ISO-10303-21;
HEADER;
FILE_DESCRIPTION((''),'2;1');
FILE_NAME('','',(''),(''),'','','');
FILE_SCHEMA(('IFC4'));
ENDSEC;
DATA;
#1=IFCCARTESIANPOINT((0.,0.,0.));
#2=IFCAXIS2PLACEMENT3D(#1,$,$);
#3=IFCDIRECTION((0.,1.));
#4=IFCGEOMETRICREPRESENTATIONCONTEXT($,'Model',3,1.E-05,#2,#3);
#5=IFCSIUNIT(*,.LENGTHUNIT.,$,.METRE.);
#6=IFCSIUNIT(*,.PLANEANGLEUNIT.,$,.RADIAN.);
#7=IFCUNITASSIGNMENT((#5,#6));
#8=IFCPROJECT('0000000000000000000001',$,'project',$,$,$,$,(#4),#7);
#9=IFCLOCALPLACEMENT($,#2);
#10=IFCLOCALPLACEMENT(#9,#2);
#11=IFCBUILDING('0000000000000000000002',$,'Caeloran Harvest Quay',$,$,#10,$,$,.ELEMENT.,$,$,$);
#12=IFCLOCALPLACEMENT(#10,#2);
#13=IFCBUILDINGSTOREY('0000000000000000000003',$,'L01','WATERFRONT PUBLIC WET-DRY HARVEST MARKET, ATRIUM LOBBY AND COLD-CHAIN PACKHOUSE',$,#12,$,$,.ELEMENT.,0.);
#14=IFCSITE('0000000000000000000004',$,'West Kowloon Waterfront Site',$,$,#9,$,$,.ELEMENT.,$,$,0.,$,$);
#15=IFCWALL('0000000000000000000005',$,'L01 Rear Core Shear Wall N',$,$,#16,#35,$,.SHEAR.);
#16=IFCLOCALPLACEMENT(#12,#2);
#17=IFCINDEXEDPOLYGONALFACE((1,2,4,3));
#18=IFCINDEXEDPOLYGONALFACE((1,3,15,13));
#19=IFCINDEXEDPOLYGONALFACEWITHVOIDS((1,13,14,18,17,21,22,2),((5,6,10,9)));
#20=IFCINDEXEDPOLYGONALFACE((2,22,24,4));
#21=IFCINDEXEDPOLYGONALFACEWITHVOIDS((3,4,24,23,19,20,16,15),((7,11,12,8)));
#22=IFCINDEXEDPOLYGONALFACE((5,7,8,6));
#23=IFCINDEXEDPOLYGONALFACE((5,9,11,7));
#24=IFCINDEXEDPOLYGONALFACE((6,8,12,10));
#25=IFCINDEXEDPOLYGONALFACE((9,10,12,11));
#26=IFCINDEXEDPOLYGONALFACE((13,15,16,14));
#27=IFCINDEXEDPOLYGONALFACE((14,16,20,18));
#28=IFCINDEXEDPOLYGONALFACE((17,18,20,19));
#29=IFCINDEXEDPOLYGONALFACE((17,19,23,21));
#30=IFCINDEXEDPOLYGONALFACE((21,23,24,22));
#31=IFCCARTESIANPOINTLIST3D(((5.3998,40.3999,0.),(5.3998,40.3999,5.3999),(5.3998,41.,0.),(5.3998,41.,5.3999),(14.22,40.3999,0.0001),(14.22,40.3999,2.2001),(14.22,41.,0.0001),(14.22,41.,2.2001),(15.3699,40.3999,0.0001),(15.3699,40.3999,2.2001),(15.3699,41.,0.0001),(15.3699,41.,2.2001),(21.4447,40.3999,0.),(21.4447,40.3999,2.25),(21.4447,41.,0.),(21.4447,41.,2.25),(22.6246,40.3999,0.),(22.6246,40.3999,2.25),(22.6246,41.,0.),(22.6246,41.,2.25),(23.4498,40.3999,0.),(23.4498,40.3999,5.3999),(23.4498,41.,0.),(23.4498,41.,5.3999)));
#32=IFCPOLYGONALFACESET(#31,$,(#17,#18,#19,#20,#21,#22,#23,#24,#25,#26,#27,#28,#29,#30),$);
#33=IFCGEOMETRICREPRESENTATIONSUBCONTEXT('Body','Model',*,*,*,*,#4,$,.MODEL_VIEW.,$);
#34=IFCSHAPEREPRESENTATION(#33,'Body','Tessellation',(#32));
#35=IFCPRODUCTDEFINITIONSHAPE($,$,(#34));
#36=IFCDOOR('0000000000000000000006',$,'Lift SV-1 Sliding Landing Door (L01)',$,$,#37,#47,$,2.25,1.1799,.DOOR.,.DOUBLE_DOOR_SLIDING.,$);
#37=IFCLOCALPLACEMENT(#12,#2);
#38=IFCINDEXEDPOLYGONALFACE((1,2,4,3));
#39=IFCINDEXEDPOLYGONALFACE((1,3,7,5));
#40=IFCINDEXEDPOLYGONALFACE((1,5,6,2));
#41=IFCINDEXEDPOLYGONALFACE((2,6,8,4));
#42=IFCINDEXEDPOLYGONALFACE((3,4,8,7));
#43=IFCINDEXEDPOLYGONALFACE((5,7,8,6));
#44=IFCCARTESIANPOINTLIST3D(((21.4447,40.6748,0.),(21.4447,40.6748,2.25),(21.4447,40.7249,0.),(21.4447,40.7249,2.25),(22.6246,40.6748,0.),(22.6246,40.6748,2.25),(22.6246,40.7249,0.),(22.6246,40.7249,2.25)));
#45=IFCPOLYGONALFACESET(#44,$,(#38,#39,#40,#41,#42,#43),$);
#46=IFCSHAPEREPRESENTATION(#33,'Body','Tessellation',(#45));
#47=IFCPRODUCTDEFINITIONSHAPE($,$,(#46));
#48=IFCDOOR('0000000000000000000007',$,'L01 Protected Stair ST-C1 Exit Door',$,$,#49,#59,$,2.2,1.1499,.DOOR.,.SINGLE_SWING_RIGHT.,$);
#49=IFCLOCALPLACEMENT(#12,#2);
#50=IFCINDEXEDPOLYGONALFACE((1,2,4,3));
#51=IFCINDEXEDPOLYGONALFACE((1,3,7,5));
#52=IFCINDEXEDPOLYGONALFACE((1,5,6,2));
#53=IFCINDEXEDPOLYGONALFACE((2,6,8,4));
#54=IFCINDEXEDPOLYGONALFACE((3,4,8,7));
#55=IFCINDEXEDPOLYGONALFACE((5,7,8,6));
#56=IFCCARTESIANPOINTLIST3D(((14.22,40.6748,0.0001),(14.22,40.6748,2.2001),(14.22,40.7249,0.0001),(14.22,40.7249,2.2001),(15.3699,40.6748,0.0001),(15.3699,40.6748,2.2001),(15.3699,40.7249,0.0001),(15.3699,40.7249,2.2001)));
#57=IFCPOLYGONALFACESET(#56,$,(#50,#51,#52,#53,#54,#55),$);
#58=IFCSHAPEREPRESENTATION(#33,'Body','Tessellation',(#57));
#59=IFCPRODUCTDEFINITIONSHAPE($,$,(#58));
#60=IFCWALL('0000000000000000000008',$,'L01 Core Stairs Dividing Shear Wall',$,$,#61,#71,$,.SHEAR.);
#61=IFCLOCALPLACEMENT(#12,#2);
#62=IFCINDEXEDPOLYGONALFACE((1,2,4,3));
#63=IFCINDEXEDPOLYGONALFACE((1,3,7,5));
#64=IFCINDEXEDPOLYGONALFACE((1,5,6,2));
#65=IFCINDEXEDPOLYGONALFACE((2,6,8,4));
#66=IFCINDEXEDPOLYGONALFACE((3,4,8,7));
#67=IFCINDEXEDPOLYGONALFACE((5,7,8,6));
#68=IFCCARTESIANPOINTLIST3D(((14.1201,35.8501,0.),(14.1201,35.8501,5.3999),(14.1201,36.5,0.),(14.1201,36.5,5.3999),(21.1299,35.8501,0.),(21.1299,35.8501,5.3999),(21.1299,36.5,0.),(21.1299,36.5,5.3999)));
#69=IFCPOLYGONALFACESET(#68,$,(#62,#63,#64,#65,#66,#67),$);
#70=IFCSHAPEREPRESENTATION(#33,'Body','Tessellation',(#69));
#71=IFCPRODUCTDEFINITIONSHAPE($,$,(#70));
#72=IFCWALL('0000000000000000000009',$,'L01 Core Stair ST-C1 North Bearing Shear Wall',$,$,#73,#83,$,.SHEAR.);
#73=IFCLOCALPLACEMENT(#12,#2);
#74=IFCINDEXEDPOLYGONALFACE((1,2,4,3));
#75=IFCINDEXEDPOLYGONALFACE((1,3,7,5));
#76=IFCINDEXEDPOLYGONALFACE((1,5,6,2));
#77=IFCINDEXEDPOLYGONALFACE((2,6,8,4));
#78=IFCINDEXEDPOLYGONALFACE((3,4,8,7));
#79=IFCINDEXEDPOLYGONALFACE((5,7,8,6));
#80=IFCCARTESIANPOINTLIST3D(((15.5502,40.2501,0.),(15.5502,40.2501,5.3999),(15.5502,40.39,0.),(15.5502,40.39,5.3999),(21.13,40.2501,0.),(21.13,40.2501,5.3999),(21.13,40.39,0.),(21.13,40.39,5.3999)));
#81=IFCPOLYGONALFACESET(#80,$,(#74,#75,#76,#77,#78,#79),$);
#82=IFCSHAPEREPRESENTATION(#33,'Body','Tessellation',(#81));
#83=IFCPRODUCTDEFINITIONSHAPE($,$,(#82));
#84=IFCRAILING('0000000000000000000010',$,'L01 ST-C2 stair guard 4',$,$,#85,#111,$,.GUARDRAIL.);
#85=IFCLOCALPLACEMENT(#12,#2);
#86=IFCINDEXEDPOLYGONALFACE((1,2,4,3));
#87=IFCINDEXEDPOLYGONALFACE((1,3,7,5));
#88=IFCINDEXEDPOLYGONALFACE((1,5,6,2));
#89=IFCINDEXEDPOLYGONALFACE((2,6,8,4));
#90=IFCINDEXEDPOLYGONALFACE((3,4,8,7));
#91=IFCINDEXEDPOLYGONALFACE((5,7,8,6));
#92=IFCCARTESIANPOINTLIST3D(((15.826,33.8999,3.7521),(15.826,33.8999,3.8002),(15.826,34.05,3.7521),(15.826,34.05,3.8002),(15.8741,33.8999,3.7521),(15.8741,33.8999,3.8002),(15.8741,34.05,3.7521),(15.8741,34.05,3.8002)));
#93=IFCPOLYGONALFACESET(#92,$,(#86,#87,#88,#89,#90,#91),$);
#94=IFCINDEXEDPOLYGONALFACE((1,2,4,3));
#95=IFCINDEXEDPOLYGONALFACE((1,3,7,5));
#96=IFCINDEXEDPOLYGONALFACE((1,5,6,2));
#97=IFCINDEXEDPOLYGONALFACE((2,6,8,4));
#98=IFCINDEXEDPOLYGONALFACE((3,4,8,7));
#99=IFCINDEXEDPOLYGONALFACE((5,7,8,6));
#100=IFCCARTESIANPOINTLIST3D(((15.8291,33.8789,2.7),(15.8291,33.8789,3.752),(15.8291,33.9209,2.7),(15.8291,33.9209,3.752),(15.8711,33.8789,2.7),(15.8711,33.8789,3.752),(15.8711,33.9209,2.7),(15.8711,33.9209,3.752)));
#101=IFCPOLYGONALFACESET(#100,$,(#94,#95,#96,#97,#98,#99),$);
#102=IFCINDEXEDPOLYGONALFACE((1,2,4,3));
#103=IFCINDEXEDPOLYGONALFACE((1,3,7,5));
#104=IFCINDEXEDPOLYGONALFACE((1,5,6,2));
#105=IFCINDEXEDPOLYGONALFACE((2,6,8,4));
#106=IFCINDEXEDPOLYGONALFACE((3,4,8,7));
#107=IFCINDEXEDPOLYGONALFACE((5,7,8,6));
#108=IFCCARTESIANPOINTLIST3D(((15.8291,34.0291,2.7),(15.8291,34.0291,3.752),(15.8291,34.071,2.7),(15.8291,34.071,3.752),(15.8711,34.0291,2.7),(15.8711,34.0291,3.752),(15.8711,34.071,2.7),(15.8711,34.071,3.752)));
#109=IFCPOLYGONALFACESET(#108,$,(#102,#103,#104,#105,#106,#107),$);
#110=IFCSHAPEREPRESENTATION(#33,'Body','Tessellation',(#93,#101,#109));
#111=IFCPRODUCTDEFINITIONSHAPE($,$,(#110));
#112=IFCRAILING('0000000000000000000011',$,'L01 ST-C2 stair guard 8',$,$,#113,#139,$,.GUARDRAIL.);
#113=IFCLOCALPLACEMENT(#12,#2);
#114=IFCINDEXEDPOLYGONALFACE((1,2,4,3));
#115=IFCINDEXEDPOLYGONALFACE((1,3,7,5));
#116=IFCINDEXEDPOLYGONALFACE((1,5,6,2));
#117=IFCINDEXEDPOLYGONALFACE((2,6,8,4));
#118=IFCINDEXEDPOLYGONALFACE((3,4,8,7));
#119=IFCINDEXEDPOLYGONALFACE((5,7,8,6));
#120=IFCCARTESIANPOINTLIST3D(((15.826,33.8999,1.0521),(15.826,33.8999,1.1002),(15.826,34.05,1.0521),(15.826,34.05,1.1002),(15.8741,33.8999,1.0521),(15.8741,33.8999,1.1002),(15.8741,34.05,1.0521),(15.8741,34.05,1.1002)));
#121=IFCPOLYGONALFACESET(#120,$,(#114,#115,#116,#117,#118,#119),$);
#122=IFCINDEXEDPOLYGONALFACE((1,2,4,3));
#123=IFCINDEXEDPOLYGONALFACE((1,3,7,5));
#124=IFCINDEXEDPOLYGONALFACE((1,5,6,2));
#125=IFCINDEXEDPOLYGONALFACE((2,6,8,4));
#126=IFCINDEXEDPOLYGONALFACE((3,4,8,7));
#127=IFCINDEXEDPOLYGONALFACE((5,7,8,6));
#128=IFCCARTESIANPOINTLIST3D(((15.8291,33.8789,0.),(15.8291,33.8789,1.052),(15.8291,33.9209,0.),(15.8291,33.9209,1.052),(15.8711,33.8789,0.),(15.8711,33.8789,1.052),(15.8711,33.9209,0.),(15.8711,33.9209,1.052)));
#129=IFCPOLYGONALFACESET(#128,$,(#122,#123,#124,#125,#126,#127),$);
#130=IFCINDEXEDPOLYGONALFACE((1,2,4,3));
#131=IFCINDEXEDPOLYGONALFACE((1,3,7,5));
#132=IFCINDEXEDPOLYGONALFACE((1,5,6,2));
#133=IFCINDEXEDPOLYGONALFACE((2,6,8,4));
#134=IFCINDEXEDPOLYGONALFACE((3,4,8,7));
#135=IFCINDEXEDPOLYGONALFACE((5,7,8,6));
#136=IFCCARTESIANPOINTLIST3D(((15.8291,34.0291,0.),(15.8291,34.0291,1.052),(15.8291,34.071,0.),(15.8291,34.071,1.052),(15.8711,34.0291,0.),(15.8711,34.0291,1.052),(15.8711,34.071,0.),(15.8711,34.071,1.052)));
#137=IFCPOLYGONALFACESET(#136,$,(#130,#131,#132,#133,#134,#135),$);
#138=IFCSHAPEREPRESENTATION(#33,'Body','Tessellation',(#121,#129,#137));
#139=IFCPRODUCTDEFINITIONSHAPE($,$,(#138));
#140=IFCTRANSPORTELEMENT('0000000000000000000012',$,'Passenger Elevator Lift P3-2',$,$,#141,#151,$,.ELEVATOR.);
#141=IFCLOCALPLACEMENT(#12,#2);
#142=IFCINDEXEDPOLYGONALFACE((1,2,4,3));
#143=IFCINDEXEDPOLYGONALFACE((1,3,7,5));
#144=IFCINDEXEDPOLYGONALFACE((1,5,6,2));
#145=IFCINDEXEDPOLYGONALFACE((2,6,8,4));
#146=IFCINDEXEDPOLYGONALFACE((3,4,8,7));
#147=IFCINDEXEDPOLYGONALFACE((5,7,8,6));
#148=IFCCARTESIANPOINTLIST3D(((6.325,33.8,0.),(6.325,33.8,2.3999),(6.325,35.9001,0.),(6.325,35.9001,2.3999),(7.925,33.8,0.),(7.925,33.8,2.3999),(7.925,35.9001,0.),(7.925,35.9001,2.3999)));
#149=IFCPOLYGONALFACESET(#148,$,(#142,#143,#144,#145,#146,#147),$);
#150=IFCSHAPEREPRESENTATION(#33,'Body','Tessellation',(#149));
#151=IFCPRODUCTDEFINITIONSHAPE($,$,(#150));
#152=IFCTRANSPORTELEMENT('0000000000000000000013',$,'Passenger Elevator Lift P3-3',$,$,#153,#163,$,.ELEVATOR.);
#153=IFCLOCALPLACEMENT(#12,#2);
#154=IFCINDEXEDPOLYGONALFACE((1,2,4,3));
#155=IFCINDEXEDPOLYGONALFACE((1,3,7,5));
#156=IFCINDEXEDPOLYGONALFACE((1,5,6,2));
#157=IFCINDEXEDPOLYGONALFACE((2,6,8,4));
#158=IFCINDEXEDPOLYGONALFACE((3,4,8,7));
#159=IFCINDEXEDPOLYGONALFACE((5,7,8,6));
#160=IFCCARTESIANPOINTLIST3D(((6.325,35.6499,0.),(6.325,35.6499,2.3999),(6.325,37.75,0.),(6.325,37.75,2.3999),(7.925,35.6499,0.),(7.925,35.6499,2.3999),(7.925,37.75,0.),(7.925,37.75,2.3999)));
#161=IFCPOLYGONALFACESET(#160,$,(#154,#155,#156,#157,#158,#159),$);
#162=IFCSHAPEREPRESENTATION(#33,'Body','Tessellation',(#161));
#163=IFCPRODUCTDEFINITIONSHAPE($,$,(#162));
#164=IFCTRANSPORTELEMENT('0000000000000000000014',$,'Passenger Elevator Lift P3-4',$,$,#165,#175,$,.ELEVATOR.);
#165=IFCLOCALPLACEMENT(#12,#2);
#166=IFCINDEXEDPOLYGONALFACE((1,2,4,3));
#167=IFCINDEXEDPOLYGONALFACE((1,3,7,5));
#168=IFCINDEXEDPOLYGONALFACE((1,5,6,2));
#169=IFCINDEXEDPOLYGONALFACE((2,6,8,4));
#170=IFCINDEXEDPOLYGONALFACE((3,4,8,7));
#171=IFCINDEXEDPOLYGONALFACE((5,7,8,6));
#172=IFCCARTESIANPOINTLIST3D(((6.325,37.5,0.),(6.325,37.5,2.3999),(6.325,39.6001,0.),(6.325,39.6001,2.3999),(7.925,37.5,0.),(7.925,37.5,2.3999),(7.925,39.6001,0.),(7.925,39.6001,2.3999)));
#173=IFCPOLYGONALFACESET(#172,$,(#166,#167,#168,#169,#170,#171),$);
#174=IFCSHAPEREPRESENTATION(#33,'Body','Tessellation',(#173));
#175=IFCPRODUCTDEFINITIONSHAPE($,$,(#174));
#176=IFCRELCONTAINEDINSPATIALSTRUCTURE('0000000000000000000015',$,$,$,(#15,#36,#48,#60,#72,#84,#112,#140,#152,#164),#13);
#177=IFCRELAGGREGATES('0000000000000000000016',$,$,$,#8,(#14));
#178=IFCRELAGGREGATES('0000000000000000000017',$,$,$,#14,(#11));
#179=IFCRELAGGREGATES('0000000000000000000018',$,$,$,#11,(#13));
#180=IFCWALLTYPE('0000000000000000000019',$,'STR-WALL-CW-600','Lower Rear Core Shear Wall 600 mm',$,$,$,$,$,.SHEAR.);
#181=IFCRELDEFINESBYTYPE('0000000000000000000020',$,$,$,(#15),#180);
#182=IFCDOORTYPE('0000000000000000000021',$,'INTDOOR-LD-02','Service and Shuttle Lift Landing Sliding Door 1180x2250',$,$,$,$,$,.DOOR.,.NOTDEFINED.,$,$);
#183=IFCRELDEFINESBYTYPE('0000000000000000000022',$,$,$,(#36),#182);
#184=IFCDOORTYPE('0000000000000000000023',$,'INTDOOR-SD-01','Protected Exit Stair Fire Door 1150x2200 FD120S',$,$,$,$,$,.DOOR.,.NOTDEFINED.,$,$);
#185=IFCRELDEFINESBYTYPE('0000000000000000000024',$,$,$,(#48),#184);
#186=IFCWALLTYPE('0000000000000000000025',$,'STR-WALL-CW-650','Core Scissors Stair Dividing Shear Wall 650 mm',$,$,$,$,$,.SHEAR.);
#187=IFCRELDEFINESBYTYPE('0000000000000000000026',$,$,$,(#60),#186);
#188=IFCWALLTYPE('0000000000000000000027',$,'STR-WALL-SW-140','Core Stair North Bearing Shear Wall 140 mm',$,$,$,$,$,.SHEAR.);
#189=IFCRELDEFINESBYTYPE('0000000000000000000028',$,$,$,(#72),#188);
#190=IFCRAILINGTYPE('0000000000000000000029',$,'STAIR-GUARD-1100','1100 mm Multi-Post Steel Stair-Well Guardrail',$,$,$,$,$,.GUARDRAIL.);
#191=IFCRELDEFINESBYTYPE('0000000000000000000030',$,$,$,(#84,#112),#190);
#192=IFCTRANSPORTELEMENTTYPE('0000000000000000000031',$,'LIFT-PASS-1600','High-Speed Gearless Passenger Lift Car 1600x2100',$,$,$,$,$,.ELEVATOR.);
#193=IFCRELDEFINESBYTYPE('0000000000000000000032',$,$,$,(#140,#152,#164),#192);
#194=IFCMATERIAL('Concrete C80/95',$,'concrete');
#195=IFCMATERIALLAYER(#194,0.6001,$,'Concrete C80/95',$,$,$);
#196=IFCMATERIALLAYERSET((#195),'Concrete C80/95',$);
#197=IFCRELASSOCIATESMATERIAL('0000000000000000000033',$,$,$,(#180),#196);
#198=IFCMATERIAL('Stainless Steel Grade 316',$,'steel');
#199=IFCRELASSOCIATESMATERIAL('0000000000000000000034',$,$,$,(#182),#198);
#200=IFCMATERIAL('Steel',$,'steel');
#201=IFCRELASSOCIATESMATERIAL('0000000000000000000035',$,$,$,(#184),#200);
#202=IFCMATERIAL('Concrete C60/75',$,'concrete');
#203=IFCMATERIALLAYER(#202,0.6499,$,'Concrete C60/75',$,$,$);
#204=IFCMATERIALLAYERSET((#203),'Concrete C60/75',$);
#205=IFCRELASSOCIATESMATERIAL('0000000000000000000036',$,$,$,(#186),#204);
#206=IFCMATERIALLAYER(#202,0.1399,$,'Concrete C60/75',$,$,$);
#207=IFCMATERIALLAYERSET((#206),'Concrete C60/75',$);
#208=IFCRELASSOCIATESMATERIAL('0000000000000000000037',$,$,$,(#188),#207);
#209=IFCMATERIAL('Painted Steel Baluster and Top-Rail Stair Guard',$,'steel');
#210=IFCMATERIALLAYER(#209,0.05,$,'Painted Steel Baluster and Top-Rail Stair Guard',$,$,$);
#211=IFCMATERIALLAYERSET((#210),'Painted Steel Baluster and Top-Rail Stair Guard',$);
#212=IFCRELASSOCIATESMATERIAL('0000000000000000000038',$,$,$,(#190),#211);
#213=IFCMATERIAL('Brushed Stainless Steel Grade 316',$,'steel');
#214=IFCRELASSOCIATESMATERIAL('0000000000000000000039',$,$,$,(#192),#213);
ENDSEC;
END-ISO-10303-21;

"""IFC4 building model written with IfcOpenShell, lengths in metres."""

from ifc_helpers import new_model, si_unit, direction, frame, frame_2d, origin, origin_2d, place, context, subcontext, project, spatial, rectangle, extrude, material, layer, layer_set, type_object, element, fill, save


model = new_model("IFC4")

# Units and contexts
model_context = context("Model", 3, precision=1e-05, world=origin(), true_north=direction((0.0, 1.0)))
body_context = subcontext(model_context, "Body", "Model", "MODEL_VIEW")
ifc_project = project(units=[si_unit("LENGTHUNIT", "METRE"), si_unit("PLANEANGLEUNIT", "RADIAN")], contexts=[model_context])

# Site, building, storey
site_placement = place(None, origin())
site = spatial("IfcSite", under=ifc_project, at=site_placement, Name="West Kowloon Waterfront Site", CompositionType="ELEMENT", RefElevation=0.0)
building_placement = place(site_placement, origin())
building = spatial("IfcBuilding", under=site, at=building_placement, Name="Caeloran Harvest Quay", CompositionType="ELEMENT")
storey_placement = place(building_placement, origin())
storey = spatial("IfcBuildingStorey", under=building, at=storey_placement, Name="L01", Description="WATERFRONT PUBLIC WET-DRY HARVEST MARKET, ATRIUM LOBBY AND COLD-CHAIN PACKHOUSE", CompositionType="ELEMENT", Elevation=0.0)

# Shared definitions
ifc_material_1 = material(Name="Stainless Steel Grade 316", Category="steel")

# Shared definitions
ifc_material_2 = material(Name="Steel", Category="steel")

# Wall, openings, doors
ifc_material_3 = material(Name="Concrete C80/95", Category="concrete")
ifc_layer_1 = layer(ifc_material_3, 0.6001, Name="Concrete C80/95")
ifc_layer_set_1 = layer_set([ifc_layer_1], Name="Concrete C80/95")
wall_type_1 = type_object("IfcWallType", Name="STR-WALL-CW-600", Description="Lower Rear Core Shear Wall 600 mm", PredefinedType="SHEAR", material=ifc_layer_set_1)
wall_1_placement = place(storey_placement, frame((5.3999, 40.7, 0.0), z_axis=(0.0, 0.0, 1.0), x_axis=(1.0, 0.0, 0.0)))
wall_1 = element("IfcWall", 1, at=wall_1_placement, inside=storey, type_object=wall_type_1, Name="L01 Rear Core Shear Wall N", PredefinedType="SHEAR", context=body_context, shape_type="SweptSolid", body=[
    extrude(rectangle(XDim=18.05, YDim=0.6001, at=frame_2d((9.0249, 0.0))), origin(), (0.0, 0.0, 1.0), 5.3999),
])
opening_1_placement = place(wall_1_placement, frame((8.8201, 0.0, 0.0)))
opening_1 = element("IfcOpeningElement", 2, at=opening_1_placement, cuts=wall_1, PredefinedType="OPENING", context=body_context, shape_type="SweptSolid", body=[
    extrude(rectangle(XDim=1.1499, YDim=2.2, at=frame_2d((0.575, 1.1001))), frame((0.0, 0.3101, 0.0), z_axis=(0.0, -1.0, 0.0), x_axis=(1.0, 0.0, 0.0)), (0.0, 0.0, 1.0), 0.6201),
])
opening_2_placement = place(wall_1_placement, frame((16.0449, 0.0, 0.0)))
opening_2 = element("IfcOpeningElement", 3, at=opening_2_placement, cuts=wall_1, PredefinedType="OPENING", context=body_context, shape_type="SweptSolid", body=[
    extrude(rectangle(XDim=1.1799, YDim=2.25, at=frame_2d((0.5898, 1.125))), frame((0.0, 0.3101, 0.0), z_axis=(0.0, -1.0, 0.0), x_axis=(1.0, 0.0, 0.0)), (0.0, 0.0, 1.0), 0.6201),
])
door_type_1 = type_object("IfcDoorType", Name="INTDOOR-LD-02", Description="Service and Shuttle Lift Landing Sliding Door 1180x2250", OperationType="NOTDEFINED", PredefinedType="DOOR", material=ifc_material_1)
door_1_placement = place(opening_2_placement, origin())
door_1 = element("IfcDoor", 4, at=door_1_placement, inside=storey, type_object=door_type_1, Name="Lift SV-1 Sliding Landing Door (L01)", OperationType="DOUBLE_DOOR_SLIDING", OverallHeight=2.25, OverallWidth=1.1799, PredefinedType="DOOR", context=body_context, shape_type="SweptSolid", body=[
    extrude(rectangle(XDim=1.1799, YDim=2.25, at=frame_2d((0.5898, 1.125))), frame((0.0, 0.0249, 0.0), z_axis=(0.0, -1.0, 0.0), x_axis=(1.0, 0.0, 0.0)), (0.0, 0.0, 1.0), 0.05),
])
fill(opening_2, door_1)
door_type_2 = type_object("IfcDoorType", Name="INTDOOR-SD-01", Description="Protected Exit Stair Fire Door 1150x2200 FD120S", OperationType="NOTDEFINED", PredefinedType="DOOR", material=ifc_material_2)
door_2_placement = place(opening_1_placement, origin())
door_2 = element("IfcDoor", 5, at=door_2_placement, inside=storey, type_object=door_type_2, Name="L01 Protected Stair ST-C1 Exit Door", OperationType="SINGLE_SWING_RIGHT", OverallHeight=2.2, OverallWidth=1.1499, PredefinedType="DOOR", context=body_context, shape_type="SweptSolid", body=[
    extrude(rectangle(XDim=1.1499, YDim=2.2, at=frame_2d((0.575, 1.1001))), frame((0.0, 0.0249, 0.0), z_axis=(0.0, -1.0, 0.0), x_axis=(1.0, 0.0, 0.0)), (0.0, 0.0, 1.0), 0.05),
])
fill(opening_1, door_2)

# Walls
ifc_material_4 = material(Name="Concrete C60/75", Category="concrete")
ifc_layer_2 = layer(ifc_material_4, 0.6499, Name="Concrete C60/75")
ifc_layer_set_2 = layer_set([ifc_layer_2], Name="Concrete C60/75")
wall_type_2 = type_object("IfcWallType", Name="STR-WALL-CW-650", Description="Core Scissors Stair Dividing Shear Wall 650 mm", PredefinedType="SHEAR", material=ifc_layer_set_2)
wall_2_placement = place(storey_placement, frame((14.1201, 36.175, 0.0), z_axis=(0.0, 0.0, 1.0), x_axis=(1.0, 0.0, 0.0)))
element("IfcWall", 6, at=wall_2_placement, inside=storey, type_object=wall_type_2, Name="L01 Core Stairs Dividing Shear Wall", PredefinedType="SHEAR", context=body_context, shape_type="SweptSolid", body=[
    extrude(rectangle(XDim=7.0098, YDim=0.6499, at=frame_2d((3.5049, 0.0))), origin(), (0.0, 0.0, 1.0), 5.3999),
])
ifc_layer_3 = layer(ifc_material_4, 0.1399, Name="Concrete C60/75")
ifc_layer_set_3 = layer_set([ifc_layer_3], Name="Concrete C60/75")
wall_type_3 = type_object("IfcWallType", Name="STR-WALL-SW-140", Description="Core Stair North Bearing Shear Wall 140 mm", PredefinedType="SHEAR", material=ifc_layer_set_3)
wall_3_placement = place(storey_placement, frame((15.55, 40.3201, 0.0), z_axis=(0.0, 0.0, 1.0), x_axis=(1.0, 0.0, 0.0)))
element("IfcWall", 7, at=wall_3_placement, inside=storey, type_object=wall_type_3, Name="L01 Core Stair ST-C1 North Bearing Shear Wall", PredefinedType="SHEAR", context=body_context, shape_type="SweptSolid", body=[
    extrude(rectangle(XDim=5.5798, YDim=0.1399, at=frame_2d((2.79, 0.0))), origin(), (0.0, 0.0, 1.0), 5.3999),
])

# Railings
ifc_material_5 = material(Name="Painted Steel Baluster and Top-Rail Stair Guard", Category="steel")
ifc_layer_4 = layer(ifc_material_5, 0.05, Name="Painted Steel Baluster and Top-Rail Stair Guard")
ifc_layer_set_4 = layer_set([ifc_layer_4], Name="Painted Steel Baluster and Top-Rail Stair Guard")
railing_type = type_object("IfcRailingType", Name="STAIR-GUARD-1100", Description="1100 mm Multi-Post Steel Stair-Well Guardrail", PredefinedType="GUARDRAIL", material=ifc_layer_set_4)
for number, where, name in (
    (8, (15.8501, 33.8999, 2.7), "L01 ST-C2 stair guard 4"),
    (9, (15.8501, 33.8999, 0.0), "L01 ST-C2 stair guard 8"),
):
    element("IfcRailing", number, at=place(storey_placement, frame(where)), inside=storey, type_object=railing_type, Name=name, PredefinedType="GUARDRAIL", context=body_context, shape_type="SweptSolid", body=[
        extrude(rectangle(XDim=0.0481, YDim=0.0481, at=origin_2d()), frame((0.0, 0.0, 1.0762), z_axis=(0.0, 1.0, 0.0), x_axis=(-1.0, 0.0, 0.0)), (0.0, 0.0, 1.0), 0.1501),
        extrude(rectangle(XDim=0.042, YDim=0.042, at=origin_2d()), origin(), (0.0, 0.0, 1.0), 1.052),
        extrude(rectangle(XDim=0.042, YDim=0.042, at=origin_2d()), frame((0.0, 0.1501, 0.0)), (0.0, 0.0, 1.0), 1.052),
    ])

# Transport elements
ifc_material_6 = material(Name="Brushed Stainless Steel Grade 316", Category="steel")
transport_element_type = type_object("IfcTransportElementType", Name="LIFT-PASS-1600", Description="High-Speed Gearless Passenger Lift Car 1600x2100", PredefinedType="ELEVATOR", material=ifc_material_6)
for number, where, z_axis, x_axis, name in (
    (10, (7.125, 34.8501, 0.0), (0.0, 0.0, 1.0), (1.0, 0.0, 0.0), "Passenger Elevator Lift P3-2"),
    (11, (7.125, 36.7, 0.0), (0.0, 0.0, 1.0), (1.0, 0.0, 0.0), "Passenger Elevator Lift P3-3"),
    (12, (7.125, 38.55, 0.0), (0.0, 0.0, 1.0), (1.0, 0.0, 0.0), "Passenger Elevator Lift P3-4"),
):
    element("IfcTransportElement", number, at=place(storey_placement, frame(where, z_axis=z_axis, x_axis=x_axis)), inside=storey, type_object=transport_element_type, Name=name, PredefinedType="ELEVATOR", context=body_context, shape_type="SweptSolid", body=[
        extrude(rectangle(XDim=1.6001, YDim=2.1001, at=origin_2d()), origin(), (0.0, 0.0, 1.0), 2.3999),
    ])

save(model, "model.ifc")
